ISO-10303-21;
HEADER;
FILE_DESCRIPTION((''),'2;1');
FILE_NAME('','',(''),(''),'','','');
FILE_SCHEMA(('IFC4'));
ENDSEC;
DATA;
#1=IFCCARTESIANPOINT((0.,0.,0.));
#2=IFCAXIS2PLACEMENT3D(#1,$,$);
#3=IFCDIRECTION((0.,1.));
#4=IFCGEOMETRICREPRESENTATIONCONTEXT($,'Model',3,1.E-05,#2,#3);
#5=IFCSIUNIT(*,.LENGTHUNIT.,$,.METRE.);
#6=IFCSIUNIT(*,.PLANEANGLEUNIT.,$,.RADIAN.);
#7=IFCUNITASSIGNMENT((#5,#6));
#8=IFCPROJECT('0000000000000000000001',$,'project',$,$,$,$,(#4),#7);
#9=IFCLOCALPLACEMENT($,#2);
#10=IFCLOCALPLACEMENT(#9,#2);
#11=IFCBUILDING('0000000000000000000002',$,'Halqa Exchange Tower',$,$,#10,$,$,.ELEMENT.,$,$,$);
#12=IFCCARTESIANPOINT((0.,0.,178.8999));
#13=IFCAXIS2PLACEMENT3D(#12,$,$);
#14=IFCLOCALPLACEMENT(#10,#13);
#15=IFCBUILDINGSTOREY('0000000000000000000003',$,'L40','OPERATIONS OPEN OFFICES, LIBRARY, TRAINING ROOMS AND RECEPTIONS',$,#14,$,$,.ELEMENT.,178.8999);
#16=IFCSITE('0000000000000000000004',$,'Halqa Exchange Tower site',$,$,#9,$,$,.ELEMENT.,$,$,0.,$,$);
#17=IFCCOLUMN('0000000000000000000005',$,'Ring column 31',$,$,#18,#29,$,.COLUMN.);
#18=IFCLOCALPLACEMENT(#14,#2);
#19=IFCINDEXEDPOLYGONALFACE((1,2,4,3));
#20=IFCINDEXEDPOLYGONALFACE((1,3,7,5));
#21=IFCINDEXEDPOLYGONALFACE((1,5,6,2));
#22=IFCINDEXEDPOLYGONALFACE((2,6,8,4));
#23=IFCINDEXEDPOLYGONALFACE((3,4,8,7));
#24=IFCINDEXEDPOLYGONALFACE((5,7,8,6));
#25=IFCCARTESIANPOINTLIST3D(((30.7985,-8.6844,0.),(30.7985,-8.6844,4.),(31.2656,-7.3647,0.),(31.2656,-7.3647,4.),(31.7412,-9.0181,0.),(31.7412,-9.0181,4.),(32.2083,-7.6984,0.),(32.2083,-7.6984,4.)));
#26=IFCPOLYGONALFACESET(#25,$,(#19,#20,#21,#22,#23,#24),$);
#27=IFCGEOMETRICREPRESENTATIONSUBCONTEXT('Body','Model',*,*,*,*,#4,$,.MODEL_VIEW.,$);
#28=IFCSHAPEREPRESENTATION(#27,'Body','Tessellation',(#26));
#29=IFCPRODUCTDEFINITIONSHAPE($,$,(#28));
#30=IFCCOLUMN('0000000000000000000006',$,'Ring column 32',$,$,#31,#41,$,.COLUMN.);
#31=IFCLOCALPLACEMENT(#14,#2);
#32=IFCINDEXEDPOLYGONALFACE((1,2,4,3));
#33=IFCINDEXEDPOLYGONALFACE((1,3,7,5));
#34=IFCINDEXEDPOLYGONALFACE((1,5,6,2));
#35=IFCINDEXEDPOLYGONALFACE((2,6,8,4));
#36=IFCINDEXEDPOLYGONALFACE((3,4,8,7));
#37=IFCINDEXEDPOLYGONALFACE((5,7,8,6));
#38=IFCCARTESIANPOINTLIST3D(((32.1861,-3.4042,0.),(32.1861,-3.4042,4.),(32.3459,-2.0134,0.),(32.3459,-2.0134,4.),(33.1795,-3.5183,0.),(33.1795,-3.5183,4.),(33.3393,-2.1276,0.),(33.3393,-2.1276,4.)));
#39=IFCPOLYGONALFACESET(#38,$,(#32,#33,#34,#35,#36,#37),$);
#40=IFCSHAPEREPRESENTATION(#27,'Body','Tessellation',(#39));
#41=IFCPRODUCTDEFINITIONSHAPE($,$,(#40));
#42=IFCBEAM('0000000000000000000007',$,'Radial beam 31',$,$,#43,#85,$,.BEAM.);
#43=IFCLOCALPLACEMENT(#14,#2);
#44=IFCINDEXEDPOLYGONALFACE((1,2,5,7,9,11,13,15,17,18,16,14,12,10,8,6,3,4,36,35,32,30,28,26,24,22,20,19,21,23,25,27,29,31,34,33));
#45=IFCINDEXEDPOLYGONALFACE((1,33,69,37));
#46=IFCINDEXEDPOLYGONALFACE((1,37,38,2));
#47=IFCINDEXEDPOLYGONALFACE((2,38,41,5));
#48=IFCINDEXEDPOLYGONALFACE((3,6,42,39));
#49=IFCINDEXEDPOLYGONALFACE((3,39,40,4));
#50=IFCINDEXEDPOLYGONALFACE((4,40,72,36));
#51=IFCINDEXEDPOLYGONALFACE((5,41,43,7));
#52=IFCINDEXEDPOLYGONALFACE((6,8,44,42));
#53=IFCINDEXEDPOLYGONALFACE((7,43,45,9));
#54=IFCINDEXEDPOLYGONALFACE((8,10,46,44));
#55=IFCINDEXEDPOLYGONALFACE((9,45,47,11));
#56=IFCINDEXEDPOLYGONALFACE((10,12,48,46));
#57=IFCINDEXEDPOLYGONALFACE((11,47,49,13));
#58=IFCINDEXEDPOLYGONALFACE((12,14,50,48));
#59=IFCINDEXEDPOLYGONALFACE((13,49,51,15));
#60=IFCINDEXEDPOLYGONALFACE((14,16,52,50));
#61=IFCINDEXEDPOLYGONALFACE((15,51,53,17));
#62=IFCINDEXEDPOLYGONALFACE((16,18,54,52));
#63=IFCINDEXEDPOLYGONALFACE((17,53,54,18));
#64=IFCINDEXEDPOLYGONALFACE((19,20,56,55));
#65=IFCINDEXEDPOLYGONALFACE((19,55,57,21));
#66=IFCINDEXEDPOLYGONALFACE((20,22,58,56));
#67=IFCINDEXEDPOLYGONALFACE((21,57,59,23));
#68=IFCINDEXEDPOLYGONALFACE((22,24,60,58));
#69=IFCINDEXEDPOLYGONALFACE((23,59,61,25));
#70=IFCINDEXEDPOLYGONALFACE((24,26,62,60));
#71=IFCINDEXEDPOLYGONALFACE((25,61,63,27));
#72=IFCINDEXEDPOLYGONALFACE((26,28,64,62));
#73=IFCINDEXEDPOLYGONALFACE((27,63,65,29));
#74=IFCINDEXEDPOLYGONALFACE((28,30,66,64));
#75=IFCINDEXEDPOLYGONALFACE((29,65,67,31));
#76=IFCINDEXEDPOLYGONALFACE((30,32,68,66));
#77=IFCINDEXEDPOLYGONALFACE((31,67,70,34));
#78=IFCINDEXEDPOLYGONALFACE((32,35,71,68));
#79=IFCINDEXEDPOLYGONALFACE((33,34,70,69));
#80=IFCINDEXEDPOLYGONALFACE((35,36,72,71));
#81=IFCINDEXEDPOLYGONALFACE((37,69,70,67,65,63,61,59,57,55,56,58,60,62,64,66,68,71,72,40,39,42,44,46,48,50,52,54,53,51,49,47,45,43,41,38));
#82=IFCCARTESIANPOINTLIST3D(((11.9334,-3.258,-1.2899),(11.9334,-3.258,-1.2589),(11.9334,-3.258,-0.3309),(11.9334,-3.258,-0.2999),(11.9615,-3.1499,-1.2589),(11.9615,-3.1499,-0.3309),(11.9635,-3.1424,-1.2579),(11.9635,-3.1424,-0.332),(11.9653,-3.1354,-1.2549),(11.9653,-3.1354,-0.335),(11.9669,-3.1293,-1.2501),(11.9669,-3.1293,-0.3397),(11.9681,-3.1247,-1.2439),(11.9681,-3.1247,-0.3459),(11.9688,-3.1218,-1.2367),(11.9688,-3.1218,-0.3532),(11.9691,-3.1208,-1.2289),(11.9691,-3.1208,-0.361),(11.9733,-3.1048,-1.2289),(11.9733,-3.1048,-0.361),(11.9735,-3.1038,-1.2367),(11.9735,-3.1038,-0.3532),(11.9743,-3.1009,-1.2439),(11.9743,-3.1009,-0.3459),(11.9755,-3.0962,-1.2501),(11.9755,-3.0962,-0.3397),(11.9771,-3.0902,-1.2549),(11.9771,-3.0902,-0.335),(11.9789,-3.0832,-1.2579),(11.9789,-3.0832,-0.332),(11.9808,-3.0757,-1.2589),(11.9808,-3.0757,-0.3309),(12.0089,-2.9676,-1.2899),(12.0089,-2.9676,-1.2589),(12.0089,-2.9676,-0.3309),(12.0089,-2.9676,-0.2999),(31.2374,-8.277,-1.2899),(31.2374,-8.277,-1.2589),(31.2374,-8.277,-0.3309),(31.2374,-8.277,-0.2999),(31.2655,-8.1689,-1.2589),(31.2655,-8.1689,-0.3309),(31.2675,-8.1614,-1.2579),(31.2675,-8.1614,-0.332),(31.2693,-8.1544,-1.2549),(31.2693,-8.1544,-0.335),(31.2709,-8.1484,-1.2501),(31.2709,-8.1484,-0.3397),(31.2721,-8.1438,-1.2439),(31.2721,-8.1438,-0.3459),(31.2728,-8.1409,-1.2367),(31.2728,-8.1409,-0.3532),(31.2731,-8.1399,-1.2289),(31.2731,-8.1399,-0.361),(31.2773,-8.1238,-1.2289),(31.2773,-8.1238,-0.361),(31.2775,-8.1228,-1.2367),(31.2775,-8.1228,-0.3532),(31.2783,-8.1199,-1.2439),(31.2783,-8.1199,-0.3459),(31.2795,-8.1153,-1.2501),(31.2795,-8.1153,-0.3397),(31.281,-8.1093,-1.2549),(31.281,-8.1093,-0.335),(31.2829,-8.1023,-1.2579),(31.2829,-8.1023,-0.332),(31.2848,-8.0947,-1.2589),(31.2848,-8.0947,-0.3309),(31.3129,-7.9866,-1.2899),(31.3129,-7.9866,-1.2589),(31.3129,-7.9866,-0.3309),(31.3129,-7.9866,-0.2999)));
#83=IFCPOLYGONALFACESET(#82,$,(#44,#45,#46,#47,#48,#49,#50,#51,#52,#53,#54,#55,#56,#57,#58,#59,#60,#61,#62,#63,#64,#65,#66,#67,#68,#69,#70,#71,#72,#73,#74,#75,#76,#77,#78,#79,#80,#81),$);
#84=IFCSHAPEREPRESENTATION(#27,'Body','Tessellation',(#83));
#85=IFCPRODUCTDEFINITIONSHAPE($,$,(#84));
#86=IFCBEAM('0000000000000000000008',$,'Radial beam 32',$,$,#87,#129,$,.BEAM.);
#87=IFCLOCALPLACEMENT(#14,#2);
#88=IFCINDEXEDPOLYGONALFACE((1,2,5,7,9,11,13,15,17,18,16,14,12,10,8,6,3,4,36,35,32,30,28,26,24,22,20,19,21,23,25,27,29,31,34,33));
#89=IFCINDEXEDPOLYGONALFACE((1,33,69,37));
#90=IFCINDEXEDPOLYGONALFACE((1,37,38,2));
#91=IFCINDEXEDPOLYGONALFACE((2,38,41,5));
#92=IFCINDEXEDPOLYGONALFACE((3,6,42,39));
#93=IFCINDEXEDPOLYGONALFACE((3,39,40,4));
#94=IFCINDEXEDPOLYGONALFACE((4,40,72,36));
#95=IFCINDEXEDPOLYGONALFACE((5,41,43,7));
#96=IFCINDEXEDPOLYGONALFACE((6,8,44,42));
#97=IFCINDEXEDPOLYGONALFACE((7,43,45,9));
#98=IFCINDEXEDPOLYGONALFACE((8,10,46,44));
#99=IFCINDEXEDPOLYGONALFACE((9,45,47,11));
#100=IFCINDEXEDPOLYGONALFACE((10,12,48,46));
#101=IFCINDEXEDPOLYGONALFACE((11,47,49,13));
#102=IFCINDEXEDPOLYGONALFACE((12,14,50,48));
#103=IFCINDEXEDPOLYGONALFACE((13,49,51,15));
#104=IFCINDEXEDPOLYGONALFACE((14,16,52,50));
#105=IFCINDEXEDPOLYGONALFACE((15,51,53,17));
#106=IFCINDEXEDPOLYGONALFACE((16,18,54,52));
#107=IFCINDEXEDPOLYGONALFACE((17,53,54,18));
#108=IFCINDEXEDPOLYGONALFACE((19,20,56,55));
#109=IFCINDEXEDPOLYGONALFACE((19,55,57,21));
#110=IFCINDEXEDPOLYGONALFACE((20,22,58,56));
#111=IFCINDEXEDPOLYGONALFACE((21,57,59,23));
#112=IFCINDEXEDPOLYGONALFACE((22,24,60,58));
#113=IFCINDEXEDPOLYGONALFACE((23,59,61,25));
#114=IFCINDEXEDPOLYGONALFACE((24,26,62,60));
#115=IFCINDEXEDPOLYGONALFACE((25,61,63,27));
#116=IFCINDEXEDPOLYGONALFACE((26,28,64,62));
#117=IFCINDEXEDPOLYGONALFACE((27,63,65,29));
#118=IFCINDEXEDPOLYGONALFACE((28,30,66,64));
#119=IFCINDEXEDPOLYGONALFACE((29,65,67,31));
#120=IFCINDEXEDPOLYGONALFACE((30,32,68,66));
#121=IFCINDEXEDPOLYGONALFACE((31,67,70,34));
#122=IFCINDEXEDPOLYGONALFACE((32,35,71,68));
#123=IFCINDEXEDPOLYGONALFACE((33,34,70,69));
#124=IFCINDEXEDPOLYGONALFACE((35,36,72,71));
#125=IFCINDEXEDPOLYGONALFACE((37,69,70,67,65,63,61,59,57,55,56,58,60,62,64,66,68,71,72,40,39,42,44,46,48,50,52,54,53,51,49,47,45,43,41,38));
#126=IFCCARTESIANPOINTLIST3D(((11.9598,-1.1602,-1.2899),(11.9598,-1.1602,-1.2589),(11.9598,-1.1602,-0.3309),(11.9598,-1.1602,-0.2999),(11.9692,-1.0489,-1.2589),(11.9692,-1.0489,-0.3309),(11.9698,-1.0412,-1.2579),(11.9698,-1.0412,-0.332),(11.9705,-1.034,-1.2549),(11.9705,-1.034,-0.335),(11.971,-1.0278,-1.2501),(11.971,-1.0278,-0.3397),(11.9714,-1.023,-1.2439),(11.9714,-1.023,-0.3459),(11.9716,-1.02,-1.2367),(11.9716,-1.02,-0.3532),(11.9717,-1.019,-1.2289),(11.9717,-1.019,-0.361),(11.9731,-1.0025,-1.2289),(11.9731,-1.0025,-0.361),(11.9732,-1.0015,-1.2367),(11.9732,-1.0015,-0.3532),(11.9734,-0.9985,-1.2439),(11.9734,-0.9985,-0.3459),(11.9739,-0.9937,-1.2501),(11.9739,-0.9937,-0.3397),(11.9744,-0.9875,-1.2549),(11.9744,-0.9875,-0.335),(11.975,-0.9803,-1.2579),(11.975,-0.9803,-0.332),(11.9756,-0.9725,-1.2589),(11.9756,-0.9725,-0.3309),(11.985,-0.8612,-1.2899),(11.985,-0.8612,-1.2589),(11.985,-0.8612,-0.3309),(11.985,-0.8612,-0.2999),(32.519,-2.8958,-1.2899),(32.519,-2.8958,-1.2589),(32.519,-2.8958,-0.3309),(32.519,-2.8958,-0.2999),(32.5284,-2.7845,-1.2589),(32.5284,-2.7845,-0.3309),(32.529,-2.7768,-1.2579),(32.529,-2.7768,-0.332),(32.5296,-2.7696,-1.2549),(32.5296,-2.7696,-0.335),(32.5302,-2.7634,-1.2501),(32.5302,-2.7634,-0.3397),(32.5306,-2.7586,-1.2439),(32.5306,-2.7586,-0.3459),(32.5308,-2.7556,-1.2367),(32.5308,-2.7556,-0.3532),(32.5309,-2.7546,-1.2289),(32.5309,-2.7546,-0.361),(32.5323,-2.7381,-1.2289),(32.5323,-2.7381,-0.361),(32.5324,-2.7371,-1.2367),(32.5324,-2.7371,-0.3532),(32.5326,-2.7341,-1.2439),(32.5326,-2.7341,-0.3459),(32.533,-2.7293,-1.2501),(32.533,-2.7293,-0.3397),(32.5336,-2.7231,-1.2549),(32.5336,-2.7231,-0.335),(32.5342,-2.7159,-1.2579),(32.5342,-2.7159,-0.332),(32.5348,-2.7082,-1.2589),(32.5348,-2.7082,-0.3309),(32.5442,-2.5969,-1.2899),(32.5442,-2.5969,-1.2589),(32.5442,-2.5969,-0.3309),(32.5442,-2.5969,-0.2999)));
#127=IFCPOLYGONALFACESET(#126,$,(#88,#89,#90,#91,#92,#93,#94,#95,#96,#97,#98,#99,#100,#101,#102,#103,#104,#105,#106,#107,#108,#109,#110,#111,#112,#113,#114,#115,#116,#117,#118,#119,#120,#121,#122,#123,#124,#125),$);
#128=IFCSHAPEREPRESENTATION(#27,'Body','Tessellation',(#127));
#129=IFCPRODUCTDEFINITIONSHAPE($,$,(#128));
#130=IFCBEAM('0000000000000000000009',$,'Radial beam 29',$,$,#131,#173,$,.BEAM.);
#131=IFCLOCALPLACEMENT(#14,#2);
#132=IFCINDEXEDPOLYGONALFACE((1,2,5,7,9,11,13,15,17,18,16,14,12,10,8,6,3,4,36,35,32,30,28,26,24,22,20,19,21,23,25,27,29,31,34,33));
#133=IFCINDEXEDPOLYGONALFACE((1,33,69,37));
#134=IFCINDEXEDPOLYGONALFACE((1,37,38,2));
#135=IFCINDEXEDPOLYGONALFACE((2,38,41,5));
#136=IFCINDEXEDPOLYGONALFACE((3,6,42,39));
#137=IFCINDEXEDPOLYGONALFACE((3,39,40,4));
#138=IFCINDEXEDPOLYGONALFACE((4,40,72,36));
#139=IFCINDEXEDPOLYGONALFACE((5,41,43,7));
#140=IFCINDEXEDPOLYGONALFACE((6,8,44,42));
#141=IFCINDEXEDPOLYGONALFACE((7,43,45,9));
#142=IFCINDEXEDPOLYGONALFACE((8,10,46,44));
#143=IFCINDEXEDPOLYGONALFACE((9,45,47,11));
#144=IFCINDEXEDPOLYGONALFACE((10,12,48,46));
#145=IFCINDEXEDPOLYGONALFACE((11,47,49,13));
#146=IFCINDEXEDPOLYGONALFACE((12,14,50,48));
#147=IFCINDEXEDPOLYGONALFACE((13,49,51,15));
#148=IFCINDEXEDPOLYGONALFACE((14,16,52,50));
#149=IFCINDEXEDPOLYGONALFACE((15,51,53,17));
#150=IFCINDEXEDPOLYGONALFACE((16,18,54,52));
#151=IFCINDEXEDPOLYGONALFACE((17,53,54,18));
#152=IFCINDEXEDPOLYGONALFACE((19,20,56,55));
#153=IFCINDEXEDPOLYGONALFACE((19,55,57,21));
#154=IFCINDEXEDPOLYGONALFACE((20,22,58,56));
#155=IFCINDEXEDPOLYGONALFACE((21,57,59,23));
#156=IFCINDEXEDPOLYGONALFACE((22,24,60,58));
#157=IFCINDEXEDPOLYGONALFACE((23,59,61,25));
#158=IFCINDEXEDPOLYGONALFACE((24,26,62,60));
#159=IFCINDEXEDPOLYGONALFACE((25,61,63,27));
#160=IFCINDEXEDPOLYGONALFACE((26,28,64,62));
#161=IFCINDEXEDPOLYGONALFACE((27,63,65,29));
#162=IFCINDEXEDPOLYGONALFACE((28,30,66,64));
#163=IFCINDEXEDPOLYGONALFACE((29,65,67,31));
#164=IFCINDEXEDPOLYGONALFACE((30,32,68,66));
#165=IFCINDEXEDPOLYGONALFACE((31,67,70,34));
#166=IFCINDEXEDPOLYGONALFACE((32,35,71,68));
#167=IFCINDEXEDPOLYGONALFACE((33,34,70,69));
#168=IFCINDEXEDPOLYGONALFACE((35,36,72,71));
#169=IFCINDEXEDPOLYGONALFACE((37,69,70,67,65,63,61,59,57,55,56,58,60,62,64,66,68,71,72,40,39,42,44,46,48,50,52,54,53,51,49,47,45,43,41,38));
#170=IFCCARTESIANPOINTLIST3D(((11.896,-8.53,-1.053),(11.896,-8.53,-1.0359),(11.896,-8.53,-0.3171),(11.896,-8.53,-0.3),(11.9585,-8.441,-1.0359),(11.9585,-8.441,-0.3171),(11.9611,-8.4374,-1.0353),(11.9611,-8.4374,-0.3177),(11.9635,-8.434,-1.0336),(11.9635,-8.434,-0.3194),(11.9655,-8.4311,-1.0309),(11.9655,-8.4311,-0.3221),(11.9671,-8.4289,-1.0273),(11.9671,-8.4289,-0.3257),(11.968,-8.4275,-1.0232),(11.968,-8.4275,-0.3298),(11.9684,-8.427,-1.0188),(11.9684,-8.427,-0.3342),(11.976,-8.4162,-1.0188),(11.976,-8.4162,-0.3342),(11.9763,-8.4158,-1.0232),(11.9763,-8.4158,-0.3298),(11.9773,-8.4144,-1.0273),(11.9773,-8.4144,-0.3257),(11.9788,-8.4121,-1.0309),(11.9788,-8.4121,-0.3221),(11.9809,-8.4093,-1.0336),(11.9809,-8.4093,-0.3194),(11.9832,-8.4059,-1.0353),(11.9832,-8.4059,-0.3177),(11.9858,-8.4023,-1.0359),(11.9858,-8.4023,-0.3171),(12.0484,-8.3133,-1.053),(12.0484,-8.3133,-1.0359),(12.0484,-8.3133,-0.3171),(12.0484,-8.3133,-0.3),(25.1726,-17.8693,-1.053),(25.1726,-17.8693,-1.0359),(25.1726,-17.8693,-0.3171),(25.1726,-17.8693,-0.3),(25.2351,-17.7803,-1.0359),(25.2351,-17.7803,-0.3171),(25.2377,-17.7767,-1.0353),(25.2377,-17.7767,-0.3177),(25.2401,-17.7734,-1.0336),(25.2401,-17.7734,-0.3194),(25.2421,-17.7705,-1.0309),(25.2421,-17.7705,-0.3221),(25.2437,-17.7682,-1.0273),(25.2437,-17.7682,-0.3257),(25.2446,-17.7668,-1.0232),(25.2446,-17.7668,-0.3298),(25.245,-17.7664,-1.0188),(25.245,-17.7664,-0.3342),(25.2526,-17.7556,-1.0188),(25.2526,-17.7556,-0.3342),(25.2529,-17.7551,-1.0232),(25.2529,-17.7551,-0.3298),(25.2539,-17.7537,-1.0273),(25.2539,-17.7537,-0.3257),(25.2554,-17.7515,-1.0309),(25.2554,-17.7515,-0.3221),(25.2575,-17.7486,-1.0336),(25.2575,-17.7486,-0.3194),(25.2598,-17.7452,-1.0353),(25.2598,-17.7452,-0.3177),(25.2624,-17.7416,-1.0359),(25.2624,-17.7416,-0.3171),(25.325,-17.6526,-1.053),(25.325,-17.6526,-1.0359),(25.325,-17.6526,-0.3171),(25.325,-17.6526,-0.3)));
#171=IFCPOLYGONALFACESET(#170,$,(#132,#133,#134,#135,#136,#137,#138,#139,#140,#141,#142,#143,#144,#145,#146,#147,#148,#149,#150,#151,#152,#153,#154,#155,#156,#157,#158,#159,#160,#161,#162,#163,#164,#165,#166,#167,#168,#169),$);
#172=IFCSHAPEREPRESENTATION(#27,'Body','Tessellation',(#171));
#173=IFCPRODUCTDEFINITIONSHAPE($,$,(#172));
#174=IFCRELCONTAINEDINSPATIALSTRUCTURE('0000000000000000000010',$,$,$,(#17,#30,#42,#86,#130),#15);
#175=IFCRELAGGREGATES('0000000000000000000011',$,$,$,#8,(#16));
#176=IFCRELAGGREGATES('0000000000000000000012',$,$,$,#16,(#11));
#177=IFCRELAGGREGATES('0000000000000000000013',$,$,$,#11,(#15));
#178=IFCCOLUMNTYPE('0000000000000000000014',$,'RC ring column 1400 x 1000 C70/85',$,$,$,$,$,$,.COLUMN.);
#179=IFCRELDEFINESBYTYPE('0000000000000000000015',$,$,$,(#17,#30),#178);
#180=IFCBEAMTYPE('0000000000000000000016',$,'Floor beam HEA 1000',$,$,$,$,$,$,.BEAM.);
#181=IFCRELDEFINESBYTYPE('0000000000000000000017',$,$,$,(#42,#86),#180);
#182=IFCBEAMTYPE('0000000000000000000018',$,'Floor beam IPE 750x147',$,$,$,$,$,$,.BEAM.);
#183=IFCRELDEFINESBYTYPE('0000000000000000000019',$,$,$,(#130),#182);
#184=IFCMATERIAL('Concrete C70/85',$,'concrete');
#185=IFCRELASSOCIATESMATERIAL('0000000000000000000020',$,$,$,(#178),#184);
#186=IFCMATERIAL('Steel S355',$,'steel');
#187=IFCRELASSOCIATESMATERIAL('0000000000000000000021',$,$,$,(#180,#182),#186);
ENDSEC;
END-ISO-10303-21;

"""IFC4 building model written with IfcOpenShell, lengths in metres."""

from ifc_helpers import new_model, si_unit, direction, frame, origin, origin_2d, place, context, subcontext, project, spatial, rectangle, i_section, extrude, material, material_profile, profile_set, type_object, element, save


model = new_model("IFC4")

# Units and contexts
model_context = context("Model", 3, precision=1e-05, world=origin(), true_north=direction((0.0, 1.0)))
body_context = subcontext(model_context, "Body", "Model", "MODEL_VIEW")
ifc_project = project(units=[si_unit("LENGTHUNIT", "METRE"), si_unit("PLANEANGLEUNIT", "RADIAN")], contexts=[model_context])

# Site, building, storey
site_placement = place(None, origin())
site = spatial("IfcSite", under=ifc_project, at=site_placement, Name="Halqa Exchange Tower site", CompositionType="ELEMENT", RefElevation=0.0)
building_placement = place(site_placement, origin())
building = spatial("IfcBuilding", under=site, at=building_placement, Name="Halqa Exchange Tower", CompositionType="ELEMENT")
storey_placement = place(building_placement, frame((0.0, 0.0, 178.8999)))
storey = spatial("IfcBuildingStorey", under=building, at=storey_placement, Name="L40", Description="OPERATIONS OPEN OFFICES, LIBRARY, TRAINING ROOMS AND RECEPTIONS", CompositionType="ELEMENT", Elevation=178.8999)

# Columns
ifc_material_1 = material(Name="Concrete C70/85", Category="concrete")
ifc_material_profile_1 = material_profile(ifc_material_1, rectangle(XDim=1.3999, YDim=1.0, at=origin_2d()), Name="1400 x 1000")
ifc_profile_set_1 = profile_set([ifc_material_profile_1], Name="Concrete C70/85")
column_type = type_object("IfcColumnType", Name="RC ring column 1400 x 1000 C70/85", PredefinedType="COLUMN", material=ifc_profile_set_1)
for number, where, z_axis, x_axis, name in (
    (1, (31.5034, -8.1914, 0.0), (0.0, 0.0, 1.0), (0.333632, 0.942703, 0.0), "Ring column 31"),
    (2, (32.7627, -2.7659, 0.0), (0.0, 0.0, 1.0), (0.114159, 0.993463, 0.0), "Ring column 32"),
):
    element("IfcColumn", number, at=place(storey_placement, frame(where, z_axis=z_axis, x_axis=x_axis)), inside=storey, type_object=column_type, Name=name, PredefinedType="COLUMN", context=body_context, shape_type="SweptSolid", body=[
        extrude(rectangle(XDim=1.3999, YDim=1.0, at=origin_2d()), origin(), (0.0, 0.0, 1.0), 4.0),
    ])

# Beams
ifc_material_2 = material(Name="Steel S355", Category="steel")
ifc_material_profile_2 = material_profile(ifc_material_2, i_section(OverallWidth=0.3, OverallDepth=0.99, WebThickness=0.0166, FlangeThickness=0.031, FilletRadius=0.03, at=origin_2d()), Name="HEA 1000")
ifc_profile_set_2 = profile_set([ifc_material_profile_2], Name="Steel S355")
beam_type_1 = type_object("IfcBeamType", Name="Floor beam HEA 1000", PredefinedType="BEAM", material=ifc_profile_set_2)
beam_1_placement = place(storey_placement, frame((11.9712, -3.1128, -0.7949), z_axis=(0.967822, -0.251635, 0.0), x_axis=(0.251635, 0.967822, 0.0)))
element("IfcBeam", 3, at=beam_1_placement, inside=storey, type_object=beam_type_1, Name="Radial beam 31", PredefinedType="BEAM", context=body_context, shape_type="SweptSolid", body=[
    extrude(i_section(OverallWidth=0.3, OverallDepth=0.99, WebThickness=0.0166, FlangeThickness=0.031, FilletRadius=0.03, at=origin_2d()), origin(), (0.0, 0.0, 1.0), 19.9458),
])
beam_2_placement = place(storey_placement, frame((11.9724, -1.0107, -0.7949), z_axis=(0.996456, -0.084121, 0.0), x_axis=(0.084121, 0.996456, 0.0)))
element("IfcBeam", 4, at=beam_2_placement, inside=storey, type_object=beam_type_1, Name="Radial beam 32", PredefinedType="BEAM", context=body_context, shape_type="SweptSolid", body=[
    extrude(i_section(OverallWidth=0.3, OverallDepth=0.99, WebThickness=0.0166, FlangeThickness=0.031, FilletRadius=0.03, at=origin_2d()), origin(), (0.0, 0.0, 1.0), 20.6323),
])
ifc_material_profile_3 = material_profile(ifc_material_2, i_section(OverallWidth=0.2649, OverallDepth=0.7529, WebThickness=0.0132, FlangeThickness=0.0171, FilletRadius=0.0171, at=origin_2d()), Name="IPE 750x147")
ifc_profile_set_3 = profile_set([ifc_material_profile_3], Name="Steel S355")
beam_type_2 = type_object("IfcBeamType", Name="Floor beam IPE 750x147", PredefinedType="BEAM", material=ifc_profile_set_3)
beam_3_placement = place(storey_placement, frame((11.9722, -8.4216, -0.6765), z_axis=(0.817906, -0.575351, 0.0), x_axis=(0.575351, 0.817906, 0.0)))
element("IfcBeam", 5, at=beam_3_placement, inside=storey, type_object=beam_type_2, Name="Radial beam 29", PredefinedType="BEAM", context=body_context, shape_type="SweptSolid", body=[
    extrude(i_section(OverallWidth=0.2649, OverallDepth=0.7529, WebThickness=0.0132, FlangeThickness=0.0171, FilletRadius=0.0171, at=origin_2d()), origin(), (0.0, 0.0, 1.0), 16.2324),
])

save(model, "model.ifc")
